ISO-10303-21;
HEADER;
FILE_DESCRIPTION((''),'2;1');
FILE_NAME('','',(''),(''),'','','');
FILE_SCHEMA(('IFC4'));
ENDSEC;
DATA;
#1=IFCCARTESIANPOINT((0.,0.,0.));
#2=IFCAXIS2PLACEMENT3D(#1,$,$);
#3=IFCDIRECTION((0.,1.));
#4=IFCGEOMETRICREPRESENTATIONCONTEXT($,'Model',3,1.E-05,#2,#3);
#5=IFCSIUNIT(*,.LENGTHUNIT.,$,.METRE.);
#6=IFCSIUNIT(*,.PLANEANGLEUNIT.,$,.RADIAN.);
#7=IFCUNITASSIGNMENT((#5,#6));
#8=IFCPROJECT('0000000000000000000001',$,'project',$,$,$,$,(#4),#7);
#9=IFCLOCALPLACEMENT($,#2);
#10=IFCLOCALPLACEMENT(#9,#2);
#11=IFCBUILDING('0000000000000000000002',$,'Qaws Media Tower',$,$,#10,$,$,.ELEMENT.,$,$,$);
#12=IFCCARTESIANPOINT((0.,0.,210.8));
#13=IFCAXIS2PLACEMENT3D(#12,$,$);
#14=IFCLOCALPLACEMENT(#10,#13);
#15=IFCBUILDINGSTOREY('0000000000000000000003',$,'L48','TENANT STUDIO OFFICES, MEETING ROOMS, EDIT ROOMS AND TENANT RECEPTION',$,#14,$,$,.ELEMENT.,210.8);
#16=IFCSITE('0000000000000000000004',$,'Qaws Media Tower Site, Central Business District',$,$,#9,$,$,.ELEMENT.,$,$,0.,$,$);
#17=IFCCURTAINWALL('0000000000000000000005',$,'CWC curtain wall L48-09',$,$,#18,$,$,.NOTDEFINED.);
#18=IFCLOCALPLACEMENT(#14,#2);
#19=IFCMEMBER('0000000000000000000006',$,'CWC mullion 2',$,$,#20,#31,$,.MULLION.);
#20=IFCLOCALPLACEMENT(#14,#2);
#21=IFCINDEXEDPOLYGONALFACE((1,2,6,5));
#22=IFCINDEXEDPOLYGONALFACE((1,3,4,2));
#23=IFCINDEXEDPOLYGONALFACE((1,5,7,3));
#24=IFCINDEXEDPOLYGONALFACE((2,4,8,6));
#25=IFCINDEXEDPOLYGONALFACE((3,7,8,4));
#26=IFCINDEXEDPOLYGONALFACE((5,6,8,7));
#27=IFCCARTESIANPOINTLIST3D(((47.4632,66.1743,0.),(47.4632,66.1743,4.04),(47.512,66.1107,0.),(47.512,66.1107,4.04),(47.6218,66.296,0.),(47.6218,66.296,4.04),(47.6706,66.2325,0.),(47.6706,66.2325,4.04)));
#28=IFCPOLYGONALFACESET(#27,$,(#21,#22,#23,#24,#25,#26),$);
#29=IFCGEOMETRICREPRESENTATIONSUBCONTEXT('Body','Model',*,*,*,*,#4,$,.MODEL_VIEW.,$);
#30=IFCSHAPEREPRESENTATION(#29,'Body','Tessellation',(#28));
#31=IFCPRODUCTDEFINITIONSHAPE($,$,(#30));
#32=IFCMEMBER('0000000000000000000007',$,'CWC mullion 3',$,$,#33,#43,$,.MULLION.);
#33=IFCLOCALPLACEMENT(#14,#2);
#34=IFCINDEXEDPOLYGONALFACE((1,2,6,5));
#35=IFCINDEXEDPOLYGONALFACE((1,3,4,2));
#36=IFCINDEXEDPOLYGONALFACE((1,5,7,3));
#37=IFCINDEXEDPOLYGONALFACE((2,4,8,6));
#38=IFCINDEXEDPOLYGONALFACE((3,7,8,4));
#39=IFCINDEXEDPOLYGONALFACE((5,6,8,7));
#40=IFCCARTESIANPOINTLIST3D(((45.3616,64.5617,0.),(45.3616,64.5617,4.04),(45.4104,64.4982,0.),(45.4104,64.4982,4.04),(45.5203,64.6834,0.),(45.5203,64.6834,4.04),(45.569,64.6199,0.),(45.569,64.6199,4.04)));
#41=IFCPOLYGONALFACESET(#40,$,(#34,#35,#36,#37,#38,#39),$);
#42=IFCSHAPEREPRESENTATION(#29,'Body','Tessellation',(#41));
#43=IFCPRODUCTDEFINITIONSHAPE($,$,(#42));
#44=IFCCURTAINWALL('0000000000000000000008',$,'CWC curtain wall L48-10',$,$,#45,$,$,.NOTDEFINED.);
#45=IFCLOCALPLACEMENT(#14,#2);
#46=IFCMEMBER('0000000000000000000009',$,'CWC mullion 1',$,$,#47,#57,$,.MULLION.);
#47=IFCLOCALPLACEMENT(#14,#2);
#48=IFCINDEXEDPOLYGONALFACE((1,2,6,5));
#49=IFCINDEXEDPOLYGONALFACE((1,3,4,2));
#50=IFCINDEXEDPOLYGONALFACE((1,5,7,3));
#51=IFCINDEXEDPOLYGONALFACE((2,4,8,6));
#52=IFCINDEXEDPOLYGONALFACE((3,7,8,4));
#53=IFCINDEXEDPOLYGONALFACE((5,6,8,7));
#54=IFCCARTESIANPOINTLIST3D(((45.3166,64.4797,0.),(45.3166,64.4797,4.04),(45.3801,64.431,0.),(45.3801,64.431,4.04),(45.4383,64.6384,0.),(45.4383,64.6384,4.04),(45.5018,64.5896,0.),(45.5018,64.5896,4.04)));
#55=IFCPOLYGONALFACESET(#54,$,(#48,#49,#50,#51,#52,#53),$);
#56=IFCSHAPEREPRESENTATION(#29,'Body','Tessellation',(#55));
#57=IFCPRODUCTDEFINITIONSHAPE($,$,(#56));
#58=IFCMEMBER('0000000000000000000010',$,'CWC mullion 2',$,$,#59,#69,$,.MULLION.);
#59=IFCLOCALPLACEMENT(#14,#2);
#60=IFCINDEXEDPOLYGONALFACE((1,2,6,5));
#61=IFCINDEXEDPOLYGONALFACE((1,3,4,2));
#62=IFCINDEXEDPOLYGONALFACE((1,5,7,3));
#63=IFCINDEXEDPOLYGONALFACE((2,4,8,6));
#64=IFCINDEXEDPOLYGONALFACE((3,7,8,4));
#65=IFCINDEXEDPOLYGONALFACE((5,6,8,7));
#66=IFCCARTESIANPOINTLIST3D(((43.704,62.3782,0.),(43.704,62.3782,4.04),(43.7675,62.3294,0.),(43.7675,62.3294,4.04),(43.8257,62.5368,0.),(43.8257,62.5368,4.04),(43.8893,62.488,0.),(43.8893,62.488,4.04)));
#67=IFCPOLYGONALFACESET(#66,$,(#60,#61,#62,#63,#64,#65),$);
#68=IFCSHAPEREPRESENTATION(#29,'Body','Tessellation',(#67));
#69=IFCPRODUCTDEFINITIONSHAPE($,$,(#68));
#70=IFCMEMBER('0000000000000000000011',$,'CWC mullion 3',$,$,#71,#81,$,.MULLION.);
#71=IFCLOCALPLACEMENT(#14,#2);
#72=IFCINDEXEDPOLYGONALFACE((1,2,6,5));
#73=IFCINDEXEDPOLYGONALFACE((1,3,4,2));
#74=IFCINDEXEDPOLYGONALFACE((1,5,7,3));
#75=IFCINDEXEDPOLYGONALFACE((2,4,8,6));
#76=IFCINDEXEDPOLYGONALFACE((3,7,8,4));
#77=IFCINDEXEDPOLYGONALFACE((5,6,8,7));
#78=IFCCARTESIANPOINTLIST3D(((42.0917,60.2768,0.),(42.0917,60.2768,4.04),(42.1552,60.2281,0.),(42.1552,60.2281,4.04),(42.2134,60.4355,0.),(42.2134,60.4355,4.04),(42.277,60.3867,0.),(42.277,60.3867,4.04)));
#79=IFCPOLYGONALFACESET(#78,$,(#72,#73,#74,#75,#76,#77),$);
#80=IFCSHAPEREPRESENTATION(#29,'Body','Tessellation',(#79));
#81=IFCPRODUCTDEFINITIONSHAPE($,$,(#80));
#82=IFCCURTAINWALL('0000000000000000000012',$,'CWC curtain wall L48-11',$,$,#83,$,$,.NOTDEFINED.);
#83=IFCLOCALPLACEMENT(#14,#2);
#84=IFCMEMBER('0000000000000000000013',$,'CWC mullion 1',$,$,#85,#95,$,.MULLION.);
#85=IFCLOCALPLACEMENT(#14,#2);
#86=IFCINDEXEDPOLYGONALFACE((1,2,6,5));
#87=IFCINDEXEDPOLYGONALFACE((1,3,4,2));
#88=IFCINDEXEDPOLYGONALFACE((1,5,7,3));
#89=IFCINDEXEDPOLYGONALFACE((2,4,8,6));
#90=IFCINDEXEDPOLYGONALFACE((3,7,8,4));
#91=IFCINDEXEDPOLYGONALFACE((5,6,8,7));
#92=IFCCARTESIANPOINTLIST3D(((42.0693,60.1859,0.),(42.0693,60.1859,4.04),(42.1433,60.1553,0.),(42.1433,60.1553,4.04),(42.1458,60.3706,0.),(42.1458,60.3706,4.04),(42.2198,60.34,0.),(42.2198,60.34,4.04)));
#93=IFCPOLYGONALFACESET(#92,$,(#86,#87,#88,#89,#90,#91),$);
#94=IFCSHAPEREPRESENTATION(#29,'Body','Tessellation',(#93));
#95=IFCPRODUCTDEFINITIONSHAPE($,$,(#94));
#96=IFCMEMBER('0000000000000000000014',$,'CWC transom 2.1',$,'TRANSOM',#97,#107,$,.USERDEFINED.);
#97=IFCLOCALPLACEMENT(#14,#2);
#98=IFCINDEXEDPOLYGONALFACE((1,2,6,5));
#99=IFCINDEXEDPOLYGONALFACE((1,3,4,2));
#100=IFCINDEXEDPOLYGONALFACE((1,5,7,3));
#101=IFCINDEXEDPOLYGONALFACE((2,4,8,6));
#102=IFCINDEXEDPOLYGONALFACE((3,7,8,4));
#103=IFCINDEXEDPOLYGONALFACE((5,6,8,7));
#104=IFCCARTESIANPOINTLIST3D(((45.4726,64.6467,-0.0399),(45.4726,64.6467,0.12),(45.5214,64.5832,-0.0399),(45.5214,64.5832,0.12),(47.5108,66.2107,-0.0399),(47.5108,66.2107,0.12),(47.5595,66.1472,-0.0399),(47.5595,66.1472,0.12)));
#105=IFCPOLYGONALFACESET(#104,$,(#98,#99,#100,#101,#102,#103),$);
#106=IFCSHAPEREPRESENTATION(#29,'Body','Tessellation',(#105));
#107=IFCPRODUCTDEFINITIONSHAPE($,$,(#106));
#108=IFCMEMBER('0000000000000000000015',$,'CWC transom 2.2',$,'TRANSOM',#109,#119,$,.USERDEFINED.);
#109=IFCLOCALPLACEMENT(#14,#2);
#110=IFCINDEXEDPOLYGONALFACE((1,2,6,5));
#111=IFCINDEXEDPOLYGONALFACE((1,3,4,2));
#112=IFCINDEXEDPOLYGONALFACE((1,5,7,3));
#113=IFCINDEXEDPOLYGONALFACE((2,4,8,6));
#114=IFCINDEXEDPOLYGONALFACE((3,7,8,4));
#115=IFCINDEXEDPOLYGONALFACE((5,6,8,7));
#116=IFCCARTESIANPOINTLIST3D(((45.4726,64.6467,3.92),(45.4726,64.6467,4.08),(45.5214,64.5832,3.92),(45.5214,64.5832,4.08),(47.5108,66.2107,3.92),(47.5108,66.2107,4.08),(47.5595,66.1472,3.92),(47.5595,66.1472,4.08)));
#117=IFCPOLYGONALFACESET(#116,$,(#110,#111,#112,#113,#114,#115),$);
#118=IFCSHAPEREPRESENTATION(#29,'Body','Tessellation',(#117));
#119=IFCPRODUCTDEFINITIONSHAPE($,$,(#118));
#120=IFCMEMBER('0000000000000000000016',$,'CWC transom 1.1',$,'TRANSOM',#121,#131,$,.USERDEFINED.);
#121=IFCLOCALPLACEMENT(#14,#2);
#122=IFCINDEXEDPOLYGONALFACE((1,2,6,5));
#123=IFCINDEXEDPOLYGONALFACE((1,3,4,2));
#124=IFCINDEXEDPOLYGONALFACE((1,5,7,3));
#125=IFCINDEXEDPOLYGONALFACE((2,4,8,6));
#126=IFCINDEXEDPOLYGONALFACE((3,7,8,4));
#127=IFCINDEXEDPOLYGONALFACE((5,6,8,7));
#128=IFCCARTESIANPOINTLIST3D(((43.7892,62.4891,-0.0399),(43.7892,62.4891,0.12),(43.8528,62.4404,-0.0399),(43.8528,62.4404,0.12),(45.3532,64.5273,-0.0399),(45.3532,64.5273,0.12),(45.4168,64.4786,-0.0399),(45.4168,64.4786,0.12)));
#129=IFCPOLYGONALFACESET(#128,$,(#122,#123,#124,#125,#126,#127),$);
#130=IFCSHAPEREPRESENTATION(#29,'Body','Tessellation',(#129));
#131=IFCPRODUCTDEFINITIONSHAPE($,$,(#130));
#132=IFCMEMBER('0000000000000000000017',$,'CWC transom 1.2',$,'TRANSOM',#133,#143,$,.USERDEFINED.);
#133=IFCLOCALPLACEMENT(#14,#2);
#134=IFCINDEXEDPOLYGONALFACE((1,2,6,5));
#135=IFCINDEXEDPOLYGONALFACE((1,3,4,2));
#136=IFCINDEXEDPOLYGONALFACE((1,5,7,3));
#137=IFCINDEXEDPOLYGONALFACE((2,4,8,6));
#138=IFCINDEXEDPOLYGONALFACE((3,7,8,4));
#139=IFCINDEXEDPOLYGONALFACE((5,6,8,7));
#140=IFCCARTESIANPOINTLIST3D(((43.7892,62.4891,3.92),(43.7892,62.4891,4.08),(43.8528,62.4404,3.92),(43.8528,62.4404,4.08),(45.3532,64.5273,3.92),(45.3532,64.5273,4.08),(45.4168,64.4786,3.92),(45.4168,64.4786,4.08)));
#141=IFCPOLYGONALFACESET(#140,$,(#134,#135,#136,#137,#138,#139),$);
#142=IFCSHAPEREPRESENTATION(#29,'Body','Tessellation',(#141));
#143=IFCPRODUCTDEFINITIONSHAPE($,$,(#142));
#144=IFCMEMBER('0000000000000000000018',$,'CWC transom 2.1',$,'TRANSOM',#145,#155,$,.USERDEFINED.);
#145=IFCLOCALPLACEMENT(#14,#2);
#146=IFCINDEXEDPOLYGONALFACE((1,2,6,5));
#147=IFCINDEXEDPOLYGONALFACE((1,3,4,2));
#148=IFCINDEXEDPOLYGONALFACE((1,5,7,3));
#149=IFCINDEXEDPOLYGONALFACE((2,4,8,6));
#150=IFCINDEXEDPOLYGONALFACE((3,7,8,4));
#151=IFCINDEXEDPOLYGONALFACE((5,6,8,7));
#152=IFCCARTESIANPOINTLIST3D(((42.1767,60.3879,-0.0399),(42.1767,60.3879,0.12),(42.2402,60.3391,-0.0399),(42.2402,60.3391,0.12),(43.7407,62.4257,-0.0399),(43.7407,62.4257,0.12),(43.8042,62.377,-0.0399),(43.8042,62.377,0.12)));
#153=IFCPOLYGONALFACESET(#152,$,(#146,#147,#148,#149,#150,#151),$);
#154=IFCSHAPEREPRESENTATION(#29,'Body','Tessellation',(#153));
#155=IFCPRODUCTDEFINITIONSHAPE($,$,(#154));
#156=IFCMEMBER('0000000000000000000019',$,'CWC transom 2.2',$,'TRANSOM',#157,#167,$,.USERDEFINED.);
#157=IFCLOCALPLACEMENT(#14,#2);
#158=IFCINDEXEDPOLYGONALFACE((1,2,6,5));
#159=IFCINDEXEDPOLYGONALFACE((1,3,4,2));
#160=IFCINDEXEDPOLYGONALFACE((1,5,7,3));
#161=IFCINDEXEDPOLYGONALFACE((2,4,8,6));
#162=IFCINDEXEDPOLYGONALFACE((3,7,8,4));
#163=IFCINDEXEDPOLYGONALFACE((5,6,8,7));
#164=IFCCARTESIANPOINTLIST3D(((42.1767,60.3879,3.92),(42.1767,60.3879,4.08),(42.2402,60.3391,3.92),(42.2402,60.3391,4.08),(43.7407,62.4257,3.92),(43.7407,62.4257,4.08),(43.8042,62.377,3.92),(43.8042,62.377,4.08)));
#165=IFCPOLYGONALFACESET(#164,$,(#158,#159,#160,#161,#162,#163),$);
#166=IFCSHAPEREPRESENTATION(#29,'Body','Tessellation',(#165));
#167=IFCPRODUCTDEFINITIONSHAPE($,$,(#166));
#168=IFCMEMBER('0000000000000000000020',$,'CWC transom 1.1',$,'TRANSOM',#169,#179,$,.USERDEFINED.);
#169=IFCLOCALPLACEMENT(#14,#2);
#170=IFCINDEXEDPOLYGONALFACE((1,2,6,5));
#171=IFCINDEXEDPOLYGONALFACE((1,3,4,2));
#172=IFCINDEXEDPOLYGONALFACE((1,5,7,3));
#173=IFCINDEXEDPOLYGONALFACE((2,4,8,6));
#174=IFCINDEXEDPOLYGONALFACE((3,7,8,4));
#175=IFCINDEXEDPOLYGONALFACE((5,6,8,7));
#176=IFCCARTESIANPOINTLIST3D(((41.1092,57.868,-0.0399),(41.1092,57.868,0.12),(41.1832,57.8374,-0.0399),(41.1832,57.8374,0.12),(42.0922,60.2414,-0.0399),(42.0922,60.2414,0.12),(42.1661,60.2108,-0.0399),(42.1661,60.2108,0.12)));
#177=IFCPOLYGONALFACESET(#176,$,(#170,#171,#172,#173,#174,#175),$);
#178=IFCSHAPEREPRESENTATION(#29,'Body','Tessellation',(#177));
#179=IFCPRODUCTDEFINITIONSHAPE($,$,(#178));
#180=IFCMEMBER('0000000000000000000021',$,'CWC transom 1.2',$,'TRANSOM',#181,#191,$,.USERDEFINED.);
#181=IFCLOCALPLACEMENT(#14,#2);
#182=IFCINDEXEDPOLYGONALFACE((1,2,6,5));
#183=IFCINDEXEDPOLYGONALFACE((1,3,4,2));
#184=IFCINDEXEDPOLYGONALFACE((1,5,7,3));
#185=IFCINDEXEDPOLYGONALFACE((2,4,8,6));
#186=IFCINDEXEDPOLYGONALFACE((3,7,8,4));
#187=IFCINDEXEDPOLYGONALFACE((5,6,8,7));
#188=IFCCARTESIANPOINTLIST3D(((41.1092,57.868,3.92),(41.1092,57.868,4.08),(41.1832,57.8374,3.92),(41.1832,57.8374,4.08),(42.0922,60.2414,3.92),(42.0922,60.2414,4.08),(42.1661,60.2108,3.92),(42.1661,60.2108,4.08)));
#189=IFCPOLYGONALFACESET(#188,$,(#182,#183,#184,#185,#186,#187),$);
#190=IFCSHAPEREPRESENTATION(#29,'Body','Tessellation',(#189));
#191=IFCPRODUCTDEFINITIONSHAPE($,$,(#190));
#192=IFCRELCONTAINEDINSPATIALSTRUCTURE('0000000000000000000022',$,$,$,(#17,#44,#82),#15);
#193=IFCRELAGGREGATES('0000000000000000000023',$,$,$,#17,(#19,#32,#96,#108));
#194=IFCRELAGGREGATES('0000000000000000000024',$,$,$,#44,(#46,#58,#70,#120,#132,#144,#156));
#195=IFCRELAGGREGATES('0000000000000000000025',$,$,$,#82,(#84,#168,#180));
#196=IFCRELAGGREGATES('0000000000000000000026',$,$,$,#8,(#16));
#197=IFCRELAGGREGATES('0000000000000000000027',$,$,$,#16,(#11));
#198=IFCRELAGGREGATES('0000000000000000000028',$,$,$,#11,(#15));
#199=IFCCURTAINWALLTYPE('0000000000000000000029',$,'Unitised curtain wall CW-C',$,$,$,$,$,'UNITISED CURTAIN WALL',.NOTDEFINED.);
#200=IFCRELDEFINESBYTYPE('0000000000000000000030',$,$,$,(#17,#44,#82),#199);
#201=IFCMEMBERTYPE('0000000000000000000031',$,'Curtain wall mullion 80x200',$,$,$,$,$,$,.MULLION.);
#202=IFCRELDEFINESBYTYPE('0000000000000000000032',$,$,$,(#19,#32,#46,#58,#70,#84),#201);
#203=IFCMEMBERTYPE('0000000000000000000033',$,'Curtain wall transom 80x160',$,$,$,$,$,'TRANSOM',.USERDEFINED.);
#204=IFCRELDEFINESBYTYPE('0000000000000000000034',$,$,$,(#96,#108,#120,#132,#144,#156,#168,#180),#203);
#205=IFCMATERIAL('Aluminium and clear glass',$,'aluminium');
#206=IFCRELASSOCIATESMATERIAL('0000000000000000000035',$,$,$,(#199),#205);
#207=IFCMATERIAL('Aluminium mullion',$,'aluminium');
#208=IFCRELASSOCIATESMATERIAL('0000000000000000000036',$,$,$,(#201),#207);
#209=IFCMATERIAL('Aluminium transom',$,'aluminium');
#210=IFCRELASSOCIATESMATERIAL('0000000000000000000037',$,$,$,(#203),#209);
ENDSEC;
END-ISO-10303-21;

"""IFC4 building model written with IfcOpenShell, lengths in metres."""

from ifc_helpers import new_model, si_unit, direction, frame, origin, origin_2d, place, context, subcontext, project, spatial, rectangle, extrude, material, material_profile, profile_set, type_object, element, aggregate, save


model = new_model("IFC4")

# Units and contexts
model_context = context("Model", 3, precision=1e-05, world=origin(), true_north=direction((0.0, 1.0)))
body_context = subcontext(model_context, "Body", "Model", "MODEL_VIEW")
ifc_project = project(units=[si_unit("LENGTHUNIT", "METRE"), si_unit("PLANEANGLEUNIT", "RADIAN")], contexts=[model_context])

# Site, building, storey
site_placement = place(None, origin())
site = spatial("IfcSite", under=ifc_project, at=site_placement, Name="Qaws Media Tower Site, Central Business District", CompositionType="ELEMENT", RefElevation=0.0)
building_placement = place(site_placement, origin())
building = spatial("IfcBuilding", under=site, at=building_placement, Name="Qaws Media Tower", CompositionType="ELEMENT")
storey_placement = place(building_placement, frame((0.0, 0.0, 210.8)))
storey = spatial("IfcBuildingStorey", under=building, at=storey_placement, Name="L48", Description="TENANT STUDIO OFFICES, MEETING ROOMS, EDIT ROOMS AND TENANT RECEPTION", CompositionType="ELEMENT", Elevation=210.8)

# Curtain walls, members
ifc_material_1 = material(Name="Aluminium and clear glass", Category="aluminium")
curtain_wall_type = type_object("IfcCurtainWallType", Name="Unitised curtain wall CW-C", ElementType="UNITISED CURTAIN WALL", PredefinedType="NOTDEFINED", material=ifc_material_1)
curtain_wall_1_placement = place(storey_placement, origin())
curtain_wall_1 = element("IfcCurtainWall", 1, at=curtain_wall_1_placement, inside=storey, type_object=curtain_wall_type, Name="CWC curtain wall L48-09", PredefinedType="NOTDEFINED")
ifc_material_2 = material(Name="Aluminium mullion", Category="aluminium")
ifc_material_profile_1 = material_profile(ifc_material_2, rectangle(XDim=0.0801, YDim=0.2, at=origin_2d()), Name="80x200")
ifc_profile_set_1 = profile_set([ifc_material_profile_1], Name="Aluminium mullion")
member_type_1 = type_object("IfcMemberType", Name="Curtain wall mullion 80x200", PredefinedType="MULLION", material=ifc_profile_set_1)
member_1_placement = place(storey_placement, frame((47.5669, 66.2034, 0.0), z_axis=(0.0, 0.0, 1.0), x_axis=(0.608761, -0.793353, 0.0)))
member_1 = element("IfcMember", 2, at=member_1_placement, type_object=member_type_1, Name="CWC mullion 2", PredefinedType="MULLION", context=body_context, shape_type="SweptSolid", body=[
    extrude(rectangle(XDim=0.0801, YDim=0.2, at=origin_2d()), origin(), (0.0, 0.0, 1.0), 4.04),
])
member_2_placement = place(storey_placement, frame((45.4653, 64.5908, 0.0), z_axis=(0.0, 0.0, 1.0), x_axis=(0.608761, -0.793353, 0.0)))
member_2 = element("IfcMember", 3, at=member_2_placement, type_object=member_type_1, Name="CWC mullion 3", PredefinedType="MULLION", context=body_context, shape_type="SweptSolid", body=[
    extrude(rectangle(XDim=0.0801, YDim=0.2, at=origin_2d()), origin(), (0.0, 0.0, 1.0), 4.04),
])
curtain_wall_2_placement = place(storey_placement, origin())
curtain_wall_2 = element("IfcCurtainWall", 4, at=curtain_wall_2_placement, inside=storey, type_object=curtain_wall_type, Name="CWC curtain wall L48-10", PredefinedType="NOTDEFINED")
member_3_placement = place(storey_placement, frame((45.4092, 64.5347, 0.0), z_axis=(0.0, 0.0, 1.0), x_axis=(0.793353, -0.608761, 0.0)))
member_3 = element("IfcMember", 5, at=member_3_placement, type_object=member_type_1, Name="CWC mullion 1", PredefinedType="MULLION", context=body_context, shape_type="SweptSolid", body=[
    extrude(rectangle(XDim=0.0801, YDim=0.2, at=origin_2d()), origin(), (0.0, 0.0, 1.0), 4.04),
])
member_4_placement = place(storey_placement, frame((43.7966, 62.4331, 0.0), z_axis=(0.0, 0.0, 1.0), x_axis=(0.793353, -0.608761, 0.0)))
member_4 = element("IfcMember", 6, at=member_4_placement, type_object=member_type_1, Name="CWC mullion 2", PredefinedType="MULLION", context=body_context, shape_type="SweptSolid", body=[
    extrude(rectangle(XDim=0.0801, YDim=0.2, at=origin_2d()), origin(), (0.0, 0.0, 1.0), 4.04),
])
member_5_placement = place(storey_placement, frame((42.1843, 60.3318, 0.0), z_axis=(0.0, 0.0, 1.0), x_axis=(0.793353, -0.608761, 0.0)))
member_5 = element("IfcMember", 7, at=member_5_placement, type_object=member_type_1, Name="CWC mullion 3", PredefinedType="MULLION", context=body_context, shape_type="SweptSolid", body=[
    extrude(rectangle(XDim=0.0801, YDim=0.2, at=origin_2d()), origin(), (0.0, 0.0, 1.0), 4.04),
])

# Curtain wall, member
curtain_wall_3_placement = place(storey_placement, origin())
curtain_wall_3 = element("IfcCurtainWall", 8, at=curtain_wall_3_placement, inside=storey, type_object=curtain_wall_type, Name="CWC curtain wall L48-11", PredefinedType="NOTDEFINED")
member_6_placement = place(storey_placement, frame((42.1445, 60.2629, 0.0), z_axis=(0.0, 0.0, 1.0), x_axis=(0.92388, -0.382683, 0.0)))
member_6 = element("IfcMember", 9, at=member_6_placement, type_object=member_type_1, Name="CWC mullion 1", PredefinedType="MULLION", context=body_context, shape_type="SweptSolid", body=[
    extrude(rectangle(XDim=0.0801, YDim=0.2, at=origin_2d()), origin(), (0.0, 0.0, 1.0), 4.04),
])

# Members
ifc_material_3 = material(Name="Aluminium transom", Category="aluminium")
ifc_material_profile_2 = material_profile(ifc_material_3, rectangle(XDim=0.0801, YDim=0.1599, at=origin_2d()), Name="80x160")
ifc_profile_set_2 = profile_set([ifc_material_profile_2], Name="Aluminium transom")
member_type_2 = type_object("IfcMemberType", Name="Curtain wall transom 80x160", ElementType="TRANSOM", PredefinedType="USERDEFINED", material=ifc_profile_set_2)
member_7_placement = place(storey_placement, frame((47.5352, 66.179, 0.04), z_axis=(-0.793337, -0.608783, 0.0), x_axis=(0.608783, -0.793337, 0.0)))
member_7 = element("IfcMember", 10, at=member_7_placement, type_object=member_type_2, Name="CWC transom 2.1", ObjectType="TRANSOM", PredefinedType="USERDEFINED", context=body_context, shape_type="SweptSolid", body=[
    extrude(rectangle(XDim=0.0801, YDim=0.1599, at=origin_2d()), origin(), (0.0, 0.0, 1.0), 2.5691),
])
member_8_placement = place(storey_placement, frame((47.5352, 66.179, 4.0), z_axis=(-0.793337, -0.608783, 0.0), x_axis=(0.608783, -0.793337, 0.0)))
member_8 = element("IfcMember", 11, at=member_8_placement, type_object=member_type_2, Name="CWC transom 2.2", ObjectType="TRANSOM", PredefinedType="USERDEFINED", context=body_context, shape_type="SweptSolid", body=[
    extrude(rectangle(XDim=0.0801, YDim=0.1599, at=origin_2d()), origin(), (0.0, 0.0, 1.0), 2.5691),
])
member_9_placement = place(storey_placement, frame((45.385, 64.5029, 0.04), z_axis=(-0.608783, -0.793337, 0.0), x_axis=(0.793337, -0.608783, 0.0)))
member_9 = element("IfcMember", 12, at=member_9_placement, type_object=member_type_2, Name="CWC transom 1.1", ObjectType="TRANSOM", PredefinedType="USERDEFINED", context=body_context, shape_type="SweptSolid", body=[
    extrude(rectangle(XDim=0.0801, YDim=0.1599, at=origin_2d()), origin(), (0.0, 0.0, 1.0), 2.5691),
])
member_10_placement = place(storey_placement, frame((45.385, 64.5029, 4.0), z_axis=(-0.608783, -0.793337, 0.0), x_axis=(0.793337, -0.608783, 0.0)))
member_10 = element("IfcMember", 13, at=member_10_placement, type_object=member_type_2, Name="CWC transom 1.2", ObjectType="TRANSOM", PredefinedType="USERDEFINED", context=body_context, shape_type="SweptSolid", body=[
    extrude(rectangle(XDim=0.0801, YDim=0.1599, at=origin_2d()), origin(), (0.0, 0.0, 1.0), 2.5691),
])
member_11_placement = place(storey_placement, frame((43.7725, 62.4014, 0.04), z_axis=(-0.608829, -0.793302, 0.0), x_axis=(0.793302, -0.608829, 0.0)))
member_11 = element("IfcMember", 14, at=member_11_placement, type_object=member_type_2, Name="CWC transom 2.1", ObjectType="TRANSOM", PredefinedType="USERDEFINED", context=body_context, shape_type="SweptSolid", body=[
    extrude(rectangle(XDim=0.0801, YDim=0.1599, at=origin_2d()), origin(), (0.0, 0.0, 1.0), 2.5688),
])
member_12_placement = place(storey_placement, frame((43.7725, 62.4014, 4.0), z_axis=(-0.608829, -0.793302, 0.0), x_axis=(0.793302, -0.608829, 0.0)))
member_12 = element("IfcMember", 15, at=member_12_placement, type_object=member_type_2, Name="CWC transom 2.2", ObjectType="TRANSOM", PredefinedType="USERDEFINED", context=body_context, shape_type="SweptSolid", body=[
    extrude(rectangle(XDim=0.0801, YDim=0.1599, at=origin_2d()), origin(), (0.0, 0.0, 1.0), 2.5688),
])
member_13_placement = place(storey_placement, frame((42.1292, 60.2261, 0.04), z_axis=(-0.382637, -0.923899, 0.0), x_axis=(0.923899, -0.382637, 0.0)))
member_13 = element("IfcMember", 16, at=member_13_placement, type_object=member_type_2, Name="CWC transom 1.1", ObjectType="TRANSOM", PredefinedType="USERDEFINED", context=body_context, shape_type="SweptSolid", body=[
    extrude(rectangle(XDim=0.0801, YDim=0.1599, at=origin_2d()), origin(), (0.0, 0.0, 1.0), 2.5688),
])
member_14_placement = place(storey_placement, frame((42.1292, 60.2261, 4.0), z_axis=(-0.382637, -0.923899, 0.0), x_axis=(0.923899, -0.382637, 0.0)))
member_14 = element("IfcMember", 17, at=member_14_placement, type_object=member_type_2, Name="CWC transom 1.2", ObjectType="TRANSOM", PredefinedType="USERDEFINED", context=body_context, shape_type="SweptSolid", body=[
    extrude(rectangle(XDim=0.0801, YDim=0.1599, at=origin_2d()), origin(), (0.0, 0.0, 1.0), 2.5688),
])

aggregate(curtain_wall_1, [member_1, member_2, member_7, member_8])
aggregate(curtain_wall_2, [member_3, member_4, member_5, member_9, member_10, member_11, member_12])
aggregate(curtain_wall_3, [member_6, member_13, member_14])

save(model, "model.ifc")
